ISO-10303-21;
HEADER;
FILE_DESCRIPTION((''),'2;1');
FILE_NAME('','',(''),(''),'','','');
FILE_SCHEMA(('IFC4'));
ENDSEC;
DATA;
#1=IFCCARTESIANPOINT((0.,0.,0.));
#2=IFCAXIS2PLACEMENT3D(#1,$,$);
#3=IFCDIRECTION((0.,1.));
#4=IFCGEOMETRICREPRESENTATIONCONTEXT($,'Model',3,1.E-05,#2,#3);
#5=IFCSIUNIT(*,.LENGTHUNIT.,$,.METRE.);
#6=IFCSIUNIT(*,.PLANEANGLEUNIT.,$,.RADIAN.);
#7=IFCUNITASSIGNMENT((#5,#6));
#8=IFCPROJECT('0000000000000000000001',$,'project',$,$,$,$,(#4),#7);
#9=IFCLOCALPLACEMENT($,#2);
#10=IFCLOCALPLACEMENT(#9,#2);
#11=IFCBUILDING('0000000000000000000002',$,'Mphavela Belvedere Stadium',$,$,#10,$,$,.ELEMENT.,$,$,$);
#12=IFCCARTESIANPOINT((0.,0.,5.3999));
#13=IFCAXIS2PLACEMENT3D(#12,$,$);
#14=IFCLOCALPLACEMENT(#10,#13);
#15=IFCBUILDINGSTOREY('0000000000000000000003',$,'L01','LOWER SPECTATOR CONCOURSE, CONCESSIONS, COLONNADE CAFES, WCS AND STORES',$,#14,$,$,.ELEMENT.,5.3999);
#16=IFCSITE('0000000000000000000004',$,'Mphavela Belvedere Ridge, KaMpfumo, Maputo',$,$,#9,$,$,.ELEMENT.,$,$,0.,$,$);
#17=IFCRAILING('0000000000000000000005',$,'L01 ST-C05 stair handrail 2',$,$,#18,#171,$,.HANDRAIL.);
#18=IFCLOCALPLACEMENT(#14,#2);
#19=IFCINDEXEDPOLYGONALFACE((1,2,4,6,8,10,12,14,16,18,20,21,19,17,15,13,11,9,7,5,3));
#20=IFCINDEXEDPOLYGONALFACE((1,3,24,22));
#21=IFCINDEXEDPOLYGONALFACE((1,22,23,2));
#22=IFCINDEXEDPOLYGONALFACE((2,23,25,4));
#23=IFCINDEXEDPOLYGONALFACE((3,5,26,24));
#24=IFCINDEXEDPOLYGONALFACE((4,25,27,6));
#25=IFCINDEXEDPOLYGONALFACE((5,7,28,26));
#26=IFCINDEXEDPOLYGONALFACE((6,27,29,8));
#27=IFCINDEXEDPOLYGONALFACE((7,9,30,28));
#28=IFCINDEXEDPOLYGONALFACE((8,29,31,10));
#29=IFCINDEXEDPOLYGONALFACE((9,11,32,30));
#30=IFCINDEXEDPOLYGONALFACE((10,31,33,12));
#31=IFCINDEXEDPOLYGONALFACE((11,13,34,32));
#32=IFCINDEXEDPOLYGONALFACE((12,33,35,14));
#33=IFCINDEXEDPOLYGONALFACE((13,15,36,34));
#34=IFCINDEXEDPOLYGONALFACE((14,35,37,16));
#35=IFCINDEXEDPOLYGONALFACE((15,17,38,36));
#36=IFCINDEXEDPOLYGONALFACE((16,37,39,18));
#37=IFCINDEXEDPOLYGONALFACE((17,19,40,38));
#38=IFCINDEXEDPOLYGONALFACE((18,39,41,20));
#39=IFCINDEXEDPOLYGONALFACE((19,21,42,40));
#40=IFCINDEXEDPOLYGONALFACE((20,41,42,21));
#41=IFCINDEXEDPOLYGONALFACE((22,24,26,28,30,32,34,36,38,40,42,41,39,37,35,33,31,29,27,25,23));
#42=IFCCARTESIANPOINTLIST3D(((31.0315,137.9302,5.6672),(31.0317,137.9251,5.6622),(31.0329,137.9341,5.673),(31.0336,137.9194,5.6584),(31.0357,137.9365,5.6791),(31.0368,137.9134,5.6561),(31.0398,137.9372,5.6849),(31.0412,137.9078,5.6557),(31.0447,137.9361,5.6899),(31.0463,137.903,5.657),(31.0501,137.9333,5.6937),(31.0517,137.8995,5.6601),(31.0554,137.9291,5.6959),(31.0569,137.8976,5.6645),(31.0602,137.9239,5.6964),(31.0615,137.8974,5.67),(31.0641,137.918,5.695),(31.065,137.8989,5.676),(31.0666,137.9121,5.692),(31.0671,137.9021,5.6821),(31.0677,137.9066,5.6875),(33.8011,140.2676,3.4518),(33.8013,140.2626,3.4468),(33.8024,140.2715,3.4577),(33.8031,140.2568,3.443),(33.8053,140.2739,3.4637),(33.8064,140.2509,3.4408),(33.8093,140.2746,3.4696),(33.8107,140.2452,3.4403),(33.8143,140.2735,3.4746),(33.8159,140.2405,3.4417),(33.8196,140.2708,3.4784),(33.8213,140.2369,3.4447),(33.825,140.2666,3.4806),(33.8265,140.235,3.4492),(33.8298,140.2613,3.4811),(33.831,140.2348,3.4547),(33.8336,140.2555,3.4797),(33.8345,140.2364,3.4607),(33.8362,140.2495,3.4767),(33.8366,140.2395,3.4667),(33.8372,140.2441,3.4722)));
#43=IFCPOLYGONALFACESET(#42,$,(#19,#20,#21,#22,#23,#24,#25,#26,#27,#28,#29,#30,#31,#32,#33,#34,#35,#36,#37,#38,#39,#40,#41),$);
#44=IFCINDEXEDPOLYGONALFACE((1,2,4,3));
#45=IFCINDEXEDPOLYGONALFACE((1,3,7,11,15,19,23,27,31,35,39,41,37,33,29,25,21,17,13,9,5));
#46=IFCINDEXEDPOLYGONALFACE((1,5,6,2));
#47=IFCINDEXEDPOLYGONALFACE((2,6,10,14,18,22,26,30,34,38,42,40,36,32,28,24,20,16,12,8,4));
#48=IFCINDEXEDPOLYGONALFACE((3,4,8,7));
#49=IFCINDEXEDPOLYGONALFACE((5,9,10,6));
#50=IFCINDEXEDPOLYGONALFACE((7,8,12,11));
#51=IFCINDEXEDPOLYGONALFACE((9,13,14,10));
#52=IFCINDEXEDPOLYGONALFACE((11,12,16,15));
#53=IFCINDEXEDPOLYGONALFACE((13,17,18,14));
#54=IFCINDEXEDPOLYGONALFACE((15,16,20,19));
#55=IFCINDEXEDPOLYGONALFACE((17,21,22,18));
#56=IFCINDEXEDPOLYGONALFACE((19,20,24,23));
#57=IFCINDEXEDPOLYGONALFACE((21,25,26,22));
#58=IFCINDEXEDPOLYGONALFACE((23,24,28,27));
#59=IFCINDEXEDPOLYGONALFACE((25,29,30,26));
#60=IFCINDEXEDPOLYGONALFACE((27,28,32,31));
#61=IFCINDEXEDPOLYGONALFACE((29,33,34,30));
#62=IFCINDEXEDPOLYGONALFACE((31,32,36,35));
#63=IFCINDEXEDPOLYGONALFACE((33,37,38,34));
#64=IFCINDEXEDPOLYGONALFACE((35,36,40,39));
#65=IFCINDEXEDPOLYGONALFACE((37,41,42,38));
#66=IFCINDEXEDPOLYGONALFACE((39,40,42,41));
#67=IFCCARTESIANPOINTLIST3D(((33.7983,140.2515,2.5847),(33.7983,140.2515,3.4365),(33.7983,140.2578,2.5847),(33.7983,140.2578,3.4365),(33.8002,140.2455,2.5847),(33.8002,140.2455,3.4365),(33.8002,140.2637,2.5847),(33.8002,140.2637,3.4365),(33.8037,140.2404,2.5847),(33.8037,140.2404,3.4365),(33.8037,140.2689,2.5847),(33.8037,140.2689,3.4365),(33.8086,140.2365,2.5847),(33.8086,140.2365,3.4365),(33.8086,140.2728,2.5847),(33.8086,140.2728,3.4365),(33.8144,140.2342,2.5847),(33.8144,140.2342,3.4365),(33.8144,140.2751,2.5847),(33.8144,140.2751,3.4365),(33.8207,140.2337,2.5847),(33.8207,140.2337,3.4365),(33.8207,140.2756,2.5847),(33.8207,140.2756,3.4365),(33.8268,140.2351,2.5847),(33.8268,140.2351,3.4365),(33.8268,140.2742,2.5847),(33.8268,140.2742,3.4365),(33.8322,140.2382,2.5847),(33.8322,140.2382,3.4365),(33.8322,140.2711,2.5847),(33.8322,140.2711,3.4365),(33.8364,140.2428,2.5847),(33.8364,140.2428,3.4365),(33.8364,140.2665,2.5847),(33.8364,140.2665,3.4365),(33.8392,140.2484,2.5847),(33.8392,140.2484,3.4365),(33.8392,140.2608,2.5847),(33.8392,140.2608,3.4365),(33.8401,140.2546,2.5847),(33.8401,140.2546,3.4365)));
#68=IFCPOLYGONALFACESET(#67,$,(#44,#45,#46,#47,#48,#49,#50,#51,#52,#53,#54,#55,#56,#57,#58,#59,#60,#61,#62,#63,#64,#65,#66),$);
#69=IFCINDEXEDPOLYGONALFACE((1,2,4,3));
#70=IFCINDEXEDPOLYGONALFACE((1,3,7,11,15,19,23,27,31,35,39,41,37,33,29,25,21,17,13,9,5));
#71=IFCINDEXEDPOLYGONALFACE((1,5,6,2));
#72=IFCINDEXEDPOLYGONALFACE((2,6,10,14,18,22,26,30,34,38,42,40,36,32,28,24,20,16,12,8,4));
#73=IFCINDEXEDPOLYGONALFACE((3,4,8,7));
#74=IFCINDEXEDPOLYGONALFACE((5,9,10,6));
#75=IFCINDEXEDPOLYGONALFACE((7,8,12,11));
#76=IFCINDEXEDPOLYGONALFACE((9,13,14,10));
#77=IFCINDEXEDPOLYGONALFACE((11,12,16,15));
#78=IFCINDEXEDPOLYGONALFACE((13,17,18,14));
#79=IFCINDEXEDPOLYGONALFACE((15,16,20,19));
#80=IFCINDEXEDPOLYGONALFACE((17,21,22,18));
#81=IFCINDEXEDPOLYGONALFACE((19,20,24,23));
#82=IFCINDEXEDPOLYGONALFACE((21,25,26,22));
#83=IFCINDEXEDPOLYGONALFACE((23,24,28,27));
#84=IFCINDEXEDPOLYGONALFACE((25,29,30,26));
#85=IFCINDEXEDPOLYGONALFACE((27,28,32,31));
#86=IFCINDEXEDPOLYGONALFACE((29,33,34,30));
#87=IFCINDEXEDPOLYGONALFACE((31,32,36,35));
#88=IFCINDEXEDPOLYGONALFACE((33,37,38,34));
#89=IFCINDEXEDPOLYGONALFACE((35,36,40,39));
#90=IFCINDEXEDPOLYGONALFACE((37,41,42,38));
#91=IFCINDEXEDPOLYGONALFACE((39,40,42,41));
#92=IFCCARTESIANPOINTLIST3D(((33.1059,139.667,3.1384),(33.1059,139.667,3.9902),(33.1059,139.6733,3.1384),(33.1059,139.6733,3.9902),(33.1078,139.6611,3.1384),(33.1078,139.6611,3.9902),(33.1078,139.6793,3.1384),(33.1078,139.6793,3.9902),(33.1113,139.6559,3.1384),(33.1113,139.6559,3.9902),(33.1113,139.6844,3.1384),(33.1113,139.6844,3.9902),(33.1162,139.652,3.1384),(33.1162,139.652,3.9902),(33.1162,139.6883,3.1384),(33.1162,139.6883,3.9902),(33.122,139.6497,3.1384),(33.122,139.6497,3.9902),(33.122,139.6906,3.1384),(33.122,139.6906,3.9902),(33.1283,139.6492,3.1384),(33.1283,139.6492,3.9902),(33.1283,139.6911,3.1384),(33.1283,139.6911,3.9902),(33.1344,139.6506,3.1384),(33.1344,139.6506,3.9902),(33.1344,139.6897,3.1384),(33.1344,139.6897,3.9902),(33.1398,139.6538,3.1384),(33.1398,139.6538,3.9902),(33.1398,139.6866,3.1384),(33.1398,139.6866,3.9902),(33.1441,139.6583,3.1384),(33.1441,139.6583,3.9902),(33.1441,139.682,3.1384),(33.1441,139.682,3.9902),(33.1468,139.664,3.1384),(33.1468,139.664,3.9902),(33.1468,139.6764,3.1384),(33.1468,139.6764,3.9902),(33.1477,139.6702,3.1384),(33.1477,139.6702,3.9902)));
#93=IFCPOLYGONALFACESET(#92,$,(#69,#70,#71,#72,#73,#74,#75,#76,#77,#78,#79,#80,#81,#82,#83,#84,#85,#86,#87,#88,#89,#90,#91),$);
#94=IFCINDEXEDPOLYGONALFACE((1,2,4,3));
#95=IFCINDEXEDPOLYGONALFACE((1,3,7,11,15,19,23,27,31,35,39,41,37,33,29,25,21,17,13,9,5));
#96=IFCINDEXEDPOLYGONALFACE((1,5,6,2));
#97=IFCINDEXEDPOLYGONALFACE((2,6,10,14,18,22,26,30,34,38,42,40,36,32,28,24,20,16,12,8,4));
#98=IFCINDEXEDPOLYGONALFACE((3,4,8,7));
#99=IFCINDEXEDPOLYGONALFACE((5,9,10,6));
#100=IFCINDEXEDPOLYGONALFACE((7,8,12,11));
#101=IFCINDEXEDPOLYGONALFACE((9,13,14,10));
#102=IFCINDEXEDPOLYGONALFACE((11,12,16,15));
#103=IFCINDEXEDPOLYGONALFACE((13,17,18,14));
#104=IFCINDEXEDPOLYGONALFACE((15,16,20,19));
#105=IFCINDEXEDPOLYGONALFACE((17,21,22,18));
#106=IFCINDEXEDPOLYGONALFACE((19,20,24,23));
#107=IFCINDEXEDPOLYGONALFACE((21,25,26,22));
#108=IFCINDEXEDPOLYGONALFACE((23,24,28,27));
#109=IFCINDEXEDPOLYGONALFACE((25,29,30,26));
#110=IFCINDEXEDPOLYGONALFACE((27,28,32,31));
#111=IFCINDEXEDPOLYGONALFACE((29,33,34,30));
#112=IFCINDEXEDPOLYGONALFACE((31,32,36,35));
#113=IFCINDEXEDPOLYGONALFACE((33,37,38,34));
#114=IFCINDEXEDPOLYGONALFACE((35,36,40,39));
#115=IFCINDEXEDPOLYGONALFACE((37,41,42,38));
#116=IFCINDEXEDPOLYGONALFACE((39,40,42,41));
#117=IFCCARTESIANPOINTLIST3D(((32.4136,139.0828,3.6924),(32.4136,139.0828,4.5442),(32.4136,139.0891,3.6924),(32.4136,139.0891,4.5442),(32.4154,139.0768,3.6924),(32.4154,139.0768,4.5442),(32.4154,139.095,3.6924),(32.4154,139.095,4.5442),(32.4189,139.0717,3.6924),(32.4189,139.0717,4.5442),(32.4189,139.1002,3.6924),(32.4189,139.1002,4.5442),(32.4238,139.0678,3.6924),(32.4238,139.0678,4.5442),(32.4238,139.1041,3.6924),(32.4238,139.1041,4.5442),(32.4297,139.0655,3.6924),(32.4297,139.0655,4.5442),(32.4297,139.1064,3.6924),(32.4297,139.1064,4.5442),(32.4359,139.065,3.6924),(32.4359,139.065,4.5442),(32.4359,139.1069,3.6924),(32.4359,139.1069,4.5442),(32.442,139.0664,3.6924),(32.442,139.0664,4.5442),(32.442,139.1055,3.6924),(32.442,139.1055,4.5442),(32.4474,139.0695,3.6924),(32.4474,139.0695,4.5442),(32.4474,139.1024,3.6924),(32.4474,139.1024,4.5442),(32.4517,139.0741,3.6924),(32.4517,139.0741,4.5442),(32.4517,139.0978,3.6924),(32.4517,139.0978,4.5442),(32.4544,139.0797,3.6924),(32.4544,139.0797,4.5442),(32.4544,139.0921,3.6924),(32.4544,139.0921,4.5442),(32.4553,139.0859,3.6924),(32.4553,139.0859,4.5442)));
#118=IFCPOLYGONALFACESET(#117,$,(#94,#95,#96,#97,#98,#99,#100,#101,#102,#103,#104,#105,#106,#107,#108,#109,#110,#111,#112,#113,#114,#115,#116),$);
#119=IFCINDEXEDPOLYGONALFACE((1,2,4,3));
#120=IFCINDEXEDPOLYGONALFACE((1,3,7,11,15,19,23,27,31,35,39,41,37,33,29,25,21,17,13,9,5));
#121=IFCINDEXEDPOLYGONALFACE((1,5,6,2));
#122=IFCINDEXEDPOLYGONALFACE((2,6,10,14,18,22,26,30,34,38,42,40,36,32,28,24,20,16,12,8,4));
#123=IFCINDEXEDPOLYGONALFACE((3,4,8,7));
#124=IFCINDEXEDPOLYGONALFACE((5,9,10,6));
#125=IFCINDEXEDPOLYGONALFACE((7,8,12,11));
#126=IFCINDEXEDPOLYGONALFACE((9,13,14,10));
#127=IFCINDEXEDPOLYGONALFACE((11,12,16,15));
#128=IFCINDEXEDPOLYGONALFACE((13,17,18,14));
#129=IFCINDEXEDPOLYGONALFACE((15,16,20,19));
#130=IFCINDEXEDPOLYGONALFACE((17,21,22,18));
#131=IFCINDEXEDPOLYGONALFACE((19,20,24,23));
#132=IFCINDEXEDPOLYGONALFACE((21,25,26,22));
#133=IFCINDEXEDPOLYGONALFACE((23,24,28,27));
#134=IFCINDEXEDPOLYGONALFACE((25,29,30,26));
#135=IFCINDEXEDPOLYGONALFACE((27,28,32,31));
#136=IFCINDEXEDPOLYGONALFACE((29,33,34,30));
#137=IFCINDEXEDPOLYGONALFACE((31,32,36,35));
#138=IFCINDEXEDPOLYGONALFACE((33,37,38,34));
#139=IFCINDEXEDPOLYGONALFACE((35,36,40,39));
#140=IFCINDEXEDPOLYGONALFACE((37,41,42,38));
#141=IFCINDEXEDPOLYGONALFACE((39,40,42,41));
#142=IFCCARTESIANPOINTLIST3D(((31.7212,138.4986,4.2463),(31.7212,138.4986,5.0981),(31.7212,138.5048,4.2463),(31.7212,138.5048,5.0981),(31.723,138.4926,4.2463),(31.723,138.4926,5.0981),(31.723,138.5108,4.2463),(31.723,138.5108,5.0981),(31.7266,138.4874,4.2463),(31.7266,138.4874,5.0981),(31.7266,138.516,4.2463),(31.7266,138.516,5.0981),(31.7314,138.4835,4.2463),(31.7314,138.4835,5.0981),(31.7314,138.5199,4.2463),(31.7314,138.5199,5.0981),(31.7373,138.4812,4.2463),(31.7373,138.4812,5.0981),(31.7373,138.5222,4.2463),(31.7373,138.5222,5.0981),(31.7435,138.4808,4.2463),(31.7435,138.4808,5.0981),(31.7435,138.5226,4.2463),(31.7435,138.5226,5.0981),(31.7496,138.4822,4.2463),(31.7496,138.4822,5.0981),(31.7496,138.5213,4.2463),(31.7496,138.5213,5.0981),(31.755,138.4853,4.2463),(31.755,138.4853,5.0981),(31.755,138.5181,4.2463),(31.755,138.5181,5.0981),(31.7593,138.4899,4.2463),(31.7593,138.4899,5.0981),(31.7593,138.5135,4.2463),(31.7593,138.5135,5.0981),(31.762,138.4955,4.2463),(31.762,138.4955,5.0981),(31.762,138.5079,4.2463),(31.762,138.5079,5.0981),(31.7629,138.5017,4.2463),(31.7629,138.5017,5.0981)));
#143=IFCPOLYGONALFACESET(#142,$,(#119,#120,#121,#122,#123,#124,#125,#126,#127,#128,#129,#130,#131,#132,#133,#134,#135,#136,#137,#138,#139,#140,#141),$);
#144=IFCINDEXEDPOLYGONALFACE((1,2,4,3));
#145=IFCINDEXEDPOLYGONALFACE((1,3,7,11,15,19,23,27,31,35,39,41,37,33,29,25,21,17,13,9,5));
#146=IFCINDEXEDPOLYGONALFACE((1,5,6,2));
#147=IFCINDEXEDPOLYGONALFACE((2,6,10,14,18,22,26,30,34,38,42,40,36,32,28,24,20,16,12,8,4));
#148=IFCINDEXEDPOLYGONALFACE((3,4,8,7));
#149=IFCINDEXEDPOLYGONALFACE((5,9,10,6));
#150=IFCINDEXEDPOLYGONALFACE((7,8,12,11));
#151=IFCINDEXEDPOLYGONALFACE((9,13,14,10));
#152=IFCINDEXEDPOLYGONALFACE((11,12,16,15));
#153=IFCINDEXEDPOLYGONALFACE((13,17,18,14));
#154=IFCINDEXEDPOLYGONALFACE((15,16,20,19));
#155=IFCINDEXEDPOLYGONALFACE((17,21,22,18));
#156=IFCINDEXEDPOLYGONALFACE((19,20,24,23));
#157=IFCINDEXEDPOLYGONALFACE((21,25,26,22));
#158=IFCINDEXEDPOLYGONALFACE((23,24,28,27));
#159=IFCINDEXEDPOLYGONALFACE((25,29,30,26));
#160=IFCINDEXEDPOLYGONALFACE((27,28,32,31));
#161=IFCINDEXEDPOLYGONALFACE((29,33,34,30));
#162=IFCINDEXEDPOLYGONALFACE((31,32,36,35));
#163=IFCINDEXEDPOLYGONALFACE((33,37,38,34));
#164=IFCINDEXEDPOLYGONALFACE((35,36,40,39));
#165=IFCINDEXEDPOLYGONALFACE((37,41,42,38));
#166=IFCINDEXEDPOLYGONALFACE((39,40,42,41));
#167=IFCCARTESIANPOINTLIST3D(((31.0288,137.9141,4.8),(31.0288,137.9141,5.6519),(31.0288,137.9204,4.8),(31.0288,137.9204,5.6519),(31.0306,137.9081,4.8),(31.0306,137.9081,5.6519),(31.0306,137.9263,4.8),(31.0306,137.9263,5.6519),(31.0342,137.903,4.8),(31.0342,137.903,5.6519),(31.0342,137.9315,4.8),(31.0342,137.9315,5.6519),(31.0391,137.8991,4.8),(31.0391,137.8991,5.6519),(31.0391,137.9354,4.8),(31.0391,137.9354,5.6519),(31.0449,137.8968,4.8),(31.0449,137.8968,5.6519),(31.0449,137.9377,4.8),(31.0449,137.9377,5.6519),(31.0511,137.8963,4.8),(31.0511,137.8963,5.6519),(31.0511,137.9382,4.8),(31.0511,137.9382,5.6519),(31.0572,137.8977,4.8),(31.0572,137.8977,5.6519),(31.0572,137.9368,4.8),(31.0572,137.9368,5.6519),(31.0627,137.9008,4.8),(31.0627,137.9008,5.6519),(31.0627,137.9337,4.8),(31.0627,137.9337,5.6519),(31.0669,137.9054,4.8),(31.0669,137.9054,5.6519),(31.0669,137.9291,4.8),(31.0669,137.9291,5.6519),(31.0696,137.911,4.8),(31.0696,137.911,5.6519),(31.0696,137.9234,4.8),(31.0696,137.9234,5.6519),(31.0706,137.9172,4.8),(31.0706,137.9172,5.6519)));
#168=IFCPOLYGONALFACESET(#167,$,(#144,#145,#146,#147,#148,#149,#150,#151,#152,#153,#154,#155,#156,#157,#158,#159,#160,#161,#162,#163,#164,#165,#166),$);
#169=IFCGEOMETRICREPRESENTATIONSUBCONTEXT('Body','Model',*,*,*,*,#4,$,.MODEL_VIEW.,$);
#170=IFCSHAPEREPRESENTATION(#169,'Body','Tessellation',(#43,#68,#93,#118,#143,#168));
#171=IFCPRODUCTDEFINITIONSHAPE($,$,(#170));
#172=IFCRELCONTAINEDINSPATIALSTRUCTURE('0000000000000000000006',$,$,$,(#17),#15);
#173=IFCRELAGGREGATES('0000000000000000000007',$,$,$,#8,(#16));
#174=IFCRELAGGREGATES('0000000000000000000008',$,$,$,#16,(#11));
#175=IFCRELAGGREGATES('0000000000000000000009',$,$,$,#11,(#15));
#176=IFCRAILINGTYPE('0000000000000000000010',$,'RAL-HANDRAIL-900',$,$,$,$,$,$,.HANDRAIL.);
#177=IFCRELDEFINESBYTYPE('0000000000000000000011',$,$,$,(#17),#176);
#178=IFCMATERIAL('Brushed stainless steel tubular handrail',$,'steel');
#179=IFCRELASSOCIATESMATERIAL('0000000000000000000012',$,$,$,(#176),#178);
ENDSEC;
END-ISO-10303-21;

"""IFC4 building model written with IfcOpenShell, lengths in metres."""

from ifc_helpers import new_model, si_unit, direction, frame, origin, origin_2d, place, context, subcontext, project, spatial, circle, extrude, material, type_object, element, save


model = new_model("IFC4")

# Units and contexts
model_context = context("Model", 3, precision=1e-05, world=origin(), true_north=direction((0.0, 1.0)))
body_context = subcontext(model_context, "Body", "Model", "MODEL_VIEW")
ifc_project = project(units=[si_unit("LENGTHUNIT", "METRE"), si_unit("PLANEANGLEUNIT", "RADIAN")], contexts=[model_context])

# Site, building, storey
site_placement = place(None, origin())
site = spatial("IfcSite", under=ifc_project, at=site_placement, Name="Mphavela Belvedere Ridge, KaMpfumo, Maputo", CompositionType="ELEMENT", RefElevation=0.0)
building_placement = place(site_placement, origin())
building = spatial("IfcBuilding", under=site, at=building_placement, Name="Mphavela Belvedere Stadium", CompositionType="ELEMENT")
storey_placement = place(building_placement, frame((0.0, 0.0, 5.3999)))
storey = spatial("IfcBuildingStorey", under=building, at=storey_placement, Name="L01", Description="LOWER SPECTATOR CONCOURSE, CONCESSIONS, COLONNADE CAFES, WCS AND STORES", CompositionType="ELEMENT", Elevation=5.3999)

# Railing
ifc_material_1 = material(Name="Brushed stainless steel tubular handrail", Category="steel")
railing_type_1 = type_object("IfcRailingType", Name="RAL-HANDRAIL-900", PredefinedType="HANDRAIL", material=ifc_material_1)
railing_1_placement = place(storey_placement, frame((33.8191, 140.2546, 2.5847)))
element("IfcRailing", 1, at=railing_1_placement, inside=storey, type_object=railing_type_1, Name="L01 ST-C05 stair handrail 2", PredefinedType="HANDRAIL", context=body_context, shape_type="SweptSolid", body=[
    extrude(circle(Radius=0.0239, at=origin_2d()), frame((0.0, 0.0, 0.876), z_axis=(-0.652034, -0.550298, 0.521559), x_axis=(0.644969, -0.764208, 0.0)), (0.0, 0.0, 1.0), 4.2476),
    extrude(circle(Radius=0.021, at=origin_2d()), origin(), (0.0, 0.0, 1.0), 0.8518),
    extrude(circle(Radius=0.021, at=origin_2d()), frame((-0.6924, -0.5845, 0.5537)), (0.0, 0.0, 1.0), 0.8518),
    extrude(circle(Radius=0.021, at=origin_2d()), frame((-1.3848, -1.1687, 1.1077)), (0.0, 0.0, 1.0), 0.8518),
    extrude(circle(Radius=0.021, at=origin_2d()), frame((-2.0771, -1.7529, 1.6616)), (0.0, 0.0, 1.0), 0.8518),
    extrude(circle(Radius=0.021, at=origin_2d()), frame((-2.7695, -2.3374, 2.2153)), (0.0, 0.0, 1.0), 0.8518),
])

save(model, "model.ifc")
